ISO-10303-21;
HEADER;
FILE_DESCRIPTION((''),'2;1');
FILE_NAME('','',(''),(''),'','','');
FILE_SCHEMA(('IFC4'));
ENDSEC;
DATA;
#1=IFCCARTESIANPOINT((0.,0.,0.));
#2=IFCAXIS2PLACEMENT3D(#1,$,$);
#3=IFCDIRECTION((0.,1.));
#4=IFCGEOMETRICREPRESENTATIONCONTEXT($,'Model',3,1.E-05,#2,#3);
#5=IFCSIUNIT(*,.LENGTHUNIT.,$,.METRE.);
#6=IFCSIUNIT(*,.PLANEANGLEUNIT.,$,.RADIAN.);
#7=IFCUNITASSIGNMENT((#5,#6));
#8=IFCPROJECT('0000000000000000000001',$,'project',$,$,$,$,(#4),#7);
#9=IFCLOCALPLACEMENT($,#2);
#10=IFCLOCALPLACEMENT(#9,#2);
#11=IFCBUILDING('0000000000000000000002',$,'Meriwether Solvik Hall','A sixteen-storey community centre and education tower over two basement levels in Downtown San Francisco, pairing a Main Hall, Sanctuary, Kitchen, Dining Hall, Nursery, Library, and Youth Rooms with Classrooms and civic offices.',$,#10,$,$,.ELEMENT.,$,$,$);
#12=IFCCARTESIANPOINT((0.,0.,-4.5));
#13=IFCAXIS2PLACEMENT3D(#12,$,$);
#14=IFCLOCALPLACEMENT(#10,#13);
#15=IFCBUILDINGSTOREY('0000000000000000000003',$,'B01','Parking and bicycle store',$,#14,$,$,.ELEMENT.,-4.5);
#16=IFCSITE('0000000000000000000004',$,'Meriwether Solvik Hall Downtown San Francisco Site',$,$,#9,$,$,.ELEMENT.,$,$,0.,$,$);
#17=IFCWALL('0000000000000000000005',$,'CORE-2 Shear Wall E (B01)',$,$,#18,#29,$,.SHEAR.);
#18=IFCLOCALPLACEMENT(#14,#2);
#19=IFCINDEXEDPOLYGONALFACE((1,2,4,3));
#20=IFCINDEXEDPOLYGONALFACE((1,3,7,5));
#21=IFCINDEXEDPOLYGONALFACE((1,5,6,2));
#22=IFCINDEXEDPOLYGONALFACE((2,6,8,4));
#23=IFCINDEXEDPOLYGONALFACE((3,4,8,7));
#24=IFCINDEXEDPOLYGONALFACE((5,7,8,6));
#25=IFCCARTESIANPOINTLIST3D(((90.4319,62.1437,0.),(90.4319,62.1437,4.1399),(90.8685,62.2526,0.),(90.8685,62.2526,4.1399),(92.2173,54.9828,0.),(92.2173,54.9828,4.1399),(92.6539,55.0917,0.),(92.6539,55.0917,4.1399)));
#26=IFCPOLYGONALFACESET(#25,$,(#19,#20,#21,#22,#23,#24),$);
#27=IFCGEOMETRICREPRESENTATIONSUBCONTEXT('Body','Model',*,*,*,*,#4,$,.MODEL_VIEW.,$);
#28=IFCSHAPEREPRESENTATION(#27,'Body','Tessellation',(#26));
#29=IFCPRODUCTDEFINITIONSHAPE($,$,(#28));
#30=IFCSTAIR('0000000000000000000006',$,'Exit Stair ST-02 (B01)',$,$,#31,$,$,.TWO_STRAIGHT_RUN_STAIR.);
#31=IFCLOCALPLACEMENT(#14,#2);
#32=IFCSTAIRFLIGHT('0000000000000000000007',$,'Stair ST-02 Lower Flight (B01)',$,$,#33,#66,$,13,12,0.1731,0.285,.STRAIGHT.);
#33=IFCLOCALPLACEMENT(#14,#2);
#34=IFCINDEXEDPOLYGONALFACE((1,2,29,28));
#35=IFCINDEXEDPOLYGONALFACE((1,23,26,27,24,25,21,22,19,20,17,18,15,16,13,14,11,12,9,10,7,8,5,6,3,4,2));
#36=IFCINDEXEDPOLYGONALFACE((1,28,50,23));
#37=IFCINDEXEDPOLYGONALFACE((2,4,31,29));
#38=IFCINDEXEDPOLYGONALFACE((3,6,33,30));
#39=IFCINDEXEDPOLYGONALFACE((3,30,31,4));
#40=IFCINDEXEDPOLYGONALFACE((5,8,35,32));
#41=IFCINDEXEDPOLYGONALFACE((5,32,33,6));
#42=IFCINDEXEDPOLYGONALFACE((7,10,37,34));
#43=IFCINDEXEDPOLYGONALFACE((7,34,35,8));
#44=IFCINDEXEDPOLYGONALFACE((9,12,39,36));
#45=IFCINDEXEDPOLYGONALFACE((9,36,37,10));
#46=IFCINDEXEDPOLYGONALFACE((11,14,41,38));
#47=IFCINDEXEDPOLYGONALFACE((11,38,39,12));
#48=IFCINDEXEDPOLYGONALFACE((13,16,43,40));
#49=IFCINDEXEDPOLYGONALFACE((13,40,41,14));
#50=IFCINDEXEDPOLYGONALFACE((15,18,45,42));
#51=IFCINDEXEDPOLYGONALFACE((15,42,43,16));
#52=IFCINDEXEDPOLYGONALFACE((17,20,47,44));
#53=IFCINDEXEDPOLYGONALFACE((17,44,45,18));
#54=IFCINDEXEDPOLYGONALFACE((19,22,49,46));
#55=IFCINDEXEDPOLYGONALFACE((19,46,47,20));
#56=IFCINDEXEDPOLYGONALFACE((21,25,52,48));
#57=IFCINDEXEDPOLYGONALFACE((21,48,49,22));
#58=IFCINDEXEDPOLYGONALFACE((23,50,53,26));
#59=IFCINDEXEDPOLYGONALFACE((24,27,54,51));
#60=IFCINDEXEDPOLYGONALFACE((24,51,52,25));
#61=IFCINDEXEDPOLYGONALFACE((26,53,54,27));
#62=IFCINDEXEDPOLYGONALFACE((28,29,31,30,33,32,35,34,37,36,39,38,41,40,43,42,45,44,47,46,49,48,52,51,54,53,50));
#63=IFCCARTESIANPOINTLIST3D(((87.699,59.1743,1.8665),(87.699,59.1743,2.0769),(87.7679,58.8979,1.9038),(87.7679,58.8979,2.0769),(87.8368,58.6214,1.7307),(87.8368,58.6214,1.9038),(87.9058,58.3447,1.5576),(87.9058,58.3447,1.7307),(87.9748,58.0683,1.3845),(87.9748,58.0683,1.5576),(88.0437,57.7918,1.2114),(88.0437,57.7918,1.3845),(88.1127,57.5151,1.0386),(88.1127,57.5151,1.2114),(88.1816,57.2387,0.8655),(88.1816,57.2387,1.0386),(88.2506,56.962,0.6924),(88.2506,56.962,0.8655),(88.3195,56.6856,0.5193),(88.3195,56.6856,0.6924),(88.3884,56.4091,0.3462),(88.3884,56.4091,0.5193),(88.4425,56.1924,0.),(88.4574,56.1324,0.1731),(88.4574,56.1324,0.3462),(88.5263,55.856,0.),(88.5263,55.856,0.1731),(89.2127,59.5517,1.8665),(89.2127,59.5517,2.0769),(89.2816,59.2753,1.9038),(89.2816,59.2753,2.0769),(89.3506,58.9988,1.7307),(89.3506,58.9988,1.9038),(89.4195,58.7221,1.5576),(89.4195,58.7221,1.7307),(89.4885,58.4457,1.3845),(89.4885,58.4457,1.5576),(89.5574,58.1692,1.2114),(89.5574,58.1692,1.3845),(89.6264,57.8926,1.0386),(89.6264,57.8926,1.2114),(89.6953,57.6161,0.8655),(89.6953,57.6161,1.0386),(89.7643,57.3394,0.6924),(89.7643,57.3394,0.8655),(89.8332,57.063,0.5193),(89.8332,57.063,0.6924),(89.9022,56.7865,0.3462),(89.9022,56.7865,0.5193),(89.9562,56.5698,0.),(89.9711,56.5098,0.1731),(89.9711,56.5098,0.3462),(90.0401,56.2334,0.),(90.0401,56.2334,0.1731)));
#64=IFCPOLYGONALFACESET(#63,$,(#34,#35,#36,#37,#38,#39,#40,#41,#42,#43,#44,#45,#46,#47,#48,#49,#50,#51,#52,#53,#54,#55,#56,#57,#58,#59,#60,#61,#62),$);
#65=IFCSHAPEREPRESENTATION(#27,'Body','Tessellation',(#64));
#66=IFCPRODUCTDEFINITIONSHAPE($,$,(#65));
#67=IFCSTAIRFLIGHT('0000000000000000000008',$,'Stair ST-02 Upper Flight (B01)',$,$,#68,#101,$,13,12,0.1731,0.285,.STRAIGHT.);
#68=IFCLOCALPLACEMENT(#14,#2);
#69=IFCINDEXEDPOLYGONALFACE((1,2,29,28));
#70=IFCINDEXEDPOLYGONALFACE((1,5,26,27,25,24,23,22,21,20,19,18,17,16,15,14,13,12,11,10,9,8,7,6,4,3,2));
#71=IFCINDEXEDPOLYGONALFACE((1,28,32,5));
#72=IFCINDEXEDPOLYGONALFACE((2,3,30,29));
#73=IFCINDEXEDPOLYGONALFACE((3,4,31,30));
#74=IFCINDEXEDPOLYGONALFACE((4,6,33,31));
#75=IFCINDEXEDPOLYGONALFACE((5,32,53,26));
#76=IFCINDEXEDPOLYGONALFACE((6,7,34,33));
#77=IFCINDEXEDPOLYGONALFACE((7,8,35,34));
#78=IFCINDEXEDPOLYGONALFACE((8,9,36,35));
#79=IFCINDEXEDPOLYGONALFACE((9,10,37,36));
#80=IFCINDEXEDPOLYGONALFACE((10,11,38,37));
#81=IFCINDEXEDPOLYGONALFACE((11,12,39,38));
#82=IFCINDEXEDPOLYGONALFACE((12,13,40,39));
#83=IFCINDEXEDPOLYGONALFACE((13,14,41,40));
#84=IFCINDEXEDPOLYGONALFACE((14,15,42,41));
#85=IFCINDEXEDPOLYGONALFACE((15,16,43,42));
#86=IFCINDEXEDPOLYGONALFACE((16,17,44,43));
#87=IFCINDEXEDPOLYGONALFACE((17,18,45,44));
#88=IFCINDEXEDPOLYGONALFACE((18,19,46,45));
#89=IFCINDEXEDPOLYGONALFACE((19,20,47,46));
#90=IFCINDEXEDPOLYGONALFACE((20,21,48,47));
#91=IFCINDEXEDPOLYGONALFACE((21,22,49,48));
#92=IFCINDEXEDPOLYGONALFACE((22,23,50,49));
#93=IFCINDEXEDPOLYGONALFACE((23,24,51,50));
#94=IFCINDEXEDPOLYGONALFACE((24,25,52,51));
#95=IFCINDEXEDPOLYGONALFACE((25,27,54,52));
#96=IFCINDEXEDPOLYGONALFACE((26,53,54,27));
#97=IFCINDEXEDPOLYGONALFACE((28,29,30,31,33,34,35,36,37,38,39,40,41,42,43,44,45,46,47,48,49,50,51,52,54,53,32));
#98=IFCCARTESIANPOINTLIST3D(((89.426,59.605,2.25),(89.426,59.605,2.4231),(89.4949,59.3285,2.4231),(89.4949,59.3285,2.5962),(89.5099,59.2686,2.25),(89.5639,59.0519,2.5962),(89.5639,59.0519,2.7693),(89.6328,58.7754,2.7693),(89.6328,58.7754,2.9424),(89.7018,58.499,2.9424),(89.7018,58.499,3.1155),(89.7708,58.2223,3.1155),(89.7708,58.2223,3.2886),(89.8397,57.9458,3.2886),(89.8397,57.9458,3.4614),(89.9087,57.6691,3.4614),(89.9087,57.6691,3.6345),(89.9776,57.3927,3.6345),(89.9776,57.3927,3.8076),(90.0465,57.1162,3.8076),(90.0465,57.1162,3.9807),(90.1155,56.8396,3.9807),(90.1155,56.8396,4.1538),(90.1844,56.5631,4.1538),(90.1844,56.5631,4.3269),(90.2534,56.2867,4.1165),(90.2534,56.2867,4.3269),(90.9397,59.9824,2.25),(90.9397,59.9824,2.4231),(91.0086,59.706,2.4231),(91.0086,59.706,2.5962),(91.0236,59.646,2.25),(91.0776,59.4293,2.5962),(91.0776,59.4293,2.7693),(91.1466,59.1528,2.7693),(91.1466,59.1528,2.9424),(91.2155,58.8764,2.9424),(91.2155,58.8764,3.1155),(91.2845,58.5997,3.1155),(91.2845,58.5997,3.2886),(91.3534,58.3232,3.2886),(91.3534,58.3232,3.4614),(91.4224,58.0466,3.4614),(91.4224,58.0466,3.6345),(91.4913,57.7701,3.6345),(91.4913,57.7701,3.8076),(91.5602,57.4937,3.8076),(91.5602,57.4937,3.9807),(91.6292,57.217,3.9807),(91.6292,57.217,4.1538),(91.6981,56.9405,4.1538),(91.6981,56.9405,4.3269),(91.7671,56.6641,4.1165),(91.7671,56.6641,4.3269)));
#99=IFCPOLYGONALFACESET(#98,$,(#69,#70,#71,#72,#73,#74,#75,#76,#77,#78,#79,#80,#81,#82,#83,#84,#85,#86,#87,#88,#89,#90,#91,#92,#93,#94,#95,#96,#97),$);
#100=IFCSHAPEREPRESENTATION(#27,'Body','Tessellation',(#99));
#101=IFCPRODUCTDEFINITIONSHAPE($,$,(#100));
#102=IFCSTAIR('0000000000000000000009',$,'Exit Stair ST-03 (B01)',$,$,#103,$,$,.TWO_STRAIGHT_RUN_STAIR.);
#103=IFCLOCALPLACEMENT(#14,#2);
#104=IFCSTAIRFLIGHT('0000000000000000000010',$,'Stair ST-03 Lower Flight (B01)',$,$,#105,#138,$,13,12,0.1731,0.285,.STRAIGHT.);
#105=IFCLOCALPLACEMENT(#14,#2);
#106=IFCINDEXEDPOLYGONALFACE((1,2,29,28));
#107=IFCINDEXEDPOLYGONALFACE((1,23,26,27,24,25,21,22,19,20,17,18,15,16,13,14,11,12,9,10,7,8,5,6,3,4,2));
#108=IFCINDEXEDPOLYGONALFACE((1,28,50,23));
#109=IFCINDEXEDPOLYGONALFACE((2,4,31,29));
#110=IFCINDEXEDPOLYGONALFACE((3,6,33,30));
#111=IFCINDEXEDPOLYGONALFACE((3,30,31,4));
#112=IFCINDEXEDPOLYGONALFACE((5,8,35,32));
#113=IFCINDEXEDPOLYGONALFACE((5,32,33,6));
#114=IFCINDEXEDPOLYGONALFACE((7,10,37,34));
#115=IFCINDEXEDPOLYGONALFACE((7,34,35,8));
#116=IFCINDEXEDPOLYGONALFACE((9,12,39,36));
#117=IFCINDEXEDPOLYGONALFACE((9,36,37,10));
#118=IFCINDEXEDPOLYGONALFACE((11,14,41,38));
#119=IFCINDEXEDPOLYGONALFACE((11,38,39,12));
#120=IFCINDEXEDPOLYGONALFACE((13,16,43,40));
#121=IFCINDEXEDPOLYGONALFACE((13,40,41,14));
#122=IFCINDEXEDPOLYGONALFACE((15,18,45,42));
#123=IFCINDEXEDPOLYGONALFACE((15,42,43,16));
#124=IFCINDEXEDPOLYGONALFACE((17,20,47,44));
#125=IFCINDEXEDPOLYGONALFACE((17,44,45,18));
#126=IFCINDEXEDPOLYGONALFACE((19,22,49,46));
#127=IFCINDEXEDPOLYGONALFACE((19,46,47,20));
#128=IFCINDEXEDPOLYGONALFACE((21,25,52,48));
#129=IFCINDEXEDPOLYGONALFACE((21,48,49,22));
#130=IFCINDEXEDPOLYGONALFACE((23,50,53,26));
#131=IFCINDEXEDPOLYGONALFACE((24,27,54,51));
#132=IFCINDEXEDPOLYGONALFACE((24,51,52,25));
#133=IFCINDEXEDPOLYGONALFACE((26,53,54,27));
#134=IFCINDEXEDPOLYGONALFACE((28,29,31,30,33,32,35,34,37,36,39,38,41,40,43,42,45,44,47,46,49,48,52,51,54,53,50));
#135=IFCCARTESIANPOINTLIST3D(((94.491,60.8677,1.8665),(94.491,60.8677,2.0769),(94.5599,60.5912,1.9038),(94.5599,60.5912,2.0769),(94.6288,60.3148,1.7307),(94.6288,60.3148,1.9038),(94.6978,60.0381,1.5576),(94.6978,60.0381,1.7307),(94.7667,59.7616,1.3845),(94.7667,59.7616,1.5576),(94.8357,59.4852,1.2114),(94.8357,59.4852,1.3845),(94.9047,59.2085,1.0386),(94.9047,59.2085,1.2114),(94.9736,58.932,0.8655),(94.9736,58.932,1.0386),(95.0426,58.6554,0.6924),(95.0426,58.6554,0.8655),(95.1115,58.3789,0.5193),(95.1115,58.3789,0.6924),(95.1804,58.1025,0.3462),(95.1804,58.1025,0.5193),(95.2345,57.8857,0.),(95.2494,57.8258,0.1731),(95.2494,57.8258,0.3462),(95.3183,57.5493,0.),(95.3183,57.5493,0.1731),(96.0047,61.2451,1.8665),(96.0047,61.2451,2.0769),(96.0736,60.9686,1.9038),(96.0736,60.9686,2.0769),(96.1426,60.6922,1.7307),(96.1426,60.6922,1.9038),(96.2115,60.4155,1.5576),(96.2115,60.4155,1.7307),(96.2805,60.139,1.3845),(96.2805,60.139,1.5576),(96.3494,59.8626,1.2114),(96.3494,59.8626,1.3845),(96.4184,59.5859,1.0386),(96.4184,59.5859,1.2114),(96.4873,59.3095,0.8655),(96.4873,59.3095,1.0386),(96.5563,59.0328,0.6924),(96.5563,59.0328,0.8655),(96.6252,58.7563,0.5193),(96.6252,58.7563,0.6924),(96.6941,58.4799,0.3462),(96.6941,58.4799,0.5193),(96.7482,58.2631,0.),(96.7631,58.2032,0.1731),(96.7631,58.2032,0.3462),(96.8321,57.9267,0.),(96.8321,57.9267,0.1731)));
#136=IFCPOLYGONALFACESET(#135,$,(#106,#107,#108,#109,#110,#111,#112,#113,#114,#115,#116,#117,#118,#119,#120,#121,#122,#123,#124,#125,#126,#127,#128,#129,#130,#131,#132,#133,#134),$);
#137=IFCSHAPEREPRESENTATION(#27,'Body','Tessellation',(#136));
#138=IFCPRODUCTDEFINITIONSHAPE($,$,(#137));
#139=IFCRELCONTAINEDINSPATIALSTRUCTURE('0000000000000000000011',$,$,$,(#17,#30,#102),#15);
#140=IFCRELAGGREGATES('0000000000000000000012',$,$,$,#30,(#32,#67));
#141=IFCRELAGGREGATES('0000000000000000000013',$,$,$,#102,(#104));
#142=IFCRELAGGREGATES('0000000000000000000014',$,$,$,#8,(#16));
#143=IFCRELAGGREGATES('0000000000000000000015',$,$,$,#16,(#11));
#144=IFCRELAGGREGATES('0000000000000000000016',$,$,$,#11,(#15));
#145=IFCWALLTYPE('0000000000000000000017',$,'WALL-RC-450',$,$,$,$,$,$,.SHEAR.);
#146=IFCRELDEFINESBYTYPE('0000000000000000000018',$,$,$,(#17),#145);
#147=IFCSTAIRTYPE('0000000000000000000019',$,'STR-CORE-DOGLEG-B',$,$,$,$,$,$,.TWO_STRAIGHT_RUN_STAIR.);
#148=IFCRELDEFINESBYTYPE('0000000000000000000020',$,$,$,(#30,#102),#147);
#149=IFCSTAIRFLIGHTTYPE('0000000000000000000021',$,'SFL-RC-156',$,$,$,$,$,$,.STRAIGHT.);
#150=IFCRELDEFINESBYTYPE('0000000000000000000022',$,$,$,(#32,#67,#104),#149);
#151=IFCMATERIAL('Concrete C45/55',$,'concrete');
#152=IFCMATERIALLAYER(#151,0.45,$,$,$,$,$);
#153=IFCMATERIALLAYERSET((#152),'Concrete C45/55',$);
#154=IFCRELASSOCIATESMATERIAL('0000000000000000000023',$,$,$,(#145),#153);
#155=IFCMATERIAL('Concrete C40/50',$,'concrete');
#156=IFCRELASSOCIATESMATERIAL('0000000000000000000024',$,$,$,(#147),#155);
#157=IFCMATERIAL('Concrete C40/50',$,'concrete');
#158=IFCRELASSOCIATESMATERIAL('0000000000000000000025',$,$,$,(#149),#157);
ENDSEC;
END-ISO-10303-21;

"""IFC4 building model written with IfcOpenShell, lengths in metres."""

from ifc_helpers import new_model, si_unit, direction, frame, frame_2d, origin, place, context, subcontext, project, spatial, polyline, rectangle, outline, extrude, material, layer, layer_set, type_object, element, aggregate, save


model = new_model("IFC4")

# Units and contexts
model_context = context("Model", 3, precision=1e-05, world=origin(), true_north=direction((0.0, 1.0)))
body_context = subcontext(model_context, "Body", "Model", "MODEL_VIEW")
ifc_project = project(units=[si_unit("LENGTHUNIT", "METRE"), si_unit("PLANEANGLEUNIT", "RADIAN")], contexts=[model_context])

# Site, building, storey
site_placement = place(None, origin())
site = spatial("IfcSite", under=ifc_project, at=site_placement, Name="Meriwether Solvik Hall Downtown San Francisco Site", CompositionType="ELEMENT", RefElevation=0.0)
building_placement = place(site_placement, origin())
building = spatial("IfcBuilding", under=site, at=building_placement, Name="Meriwether Solvik Hall", Description="A sixteen-storey community centre and education tower over two basement levels in Downtown San Francisco, pairing a Main Hall, Sanctuary, Kitchen, Dining Hall, Nursery, Library, and Youth Rooms with Classrooms and civic offices.", CompositionType="ELEMENT")
storey_placement = place(building_placement, frame((0.0, 0.0, -4.5)))
storey = spatial("IfcBuildingStorey", under=building, at=storey_placement, Name="B01", Description="Parking and bicycle store", CompositionType="ELEMENT", Elevation=-4.5)

# Shared definitions
ifc_material_1 = material(Name="Concrete C45/55", Category="concrete")
ifc_layer_1 = layer(ifc_material_1, 0.45)
ifc_layer_set_1 = layer_set([ifc_layer_1], Name="Concrete C45/55")
wall_type_1 = type_object("IfcWallType", Name="WALL-RC-450", PredefinedType="SHEAR", material=ifc_layer_set_1)

# Wall
wall_1_placement = place(storey_placement, frame((92.4355, 55.0374, 0.0), z_axis=(0.0, 0.0, 1.0), x_axis=(-0.241921, 0.970296, 0.0)))
element("IfcWall", 1, at=wall_1_placement, inside=storey, type_object=wall_type_1, Name="CORE-2 Shear Wall E (B01)", PredefinedType="SHEAR", context=body_context, shape_type="SweptSolid", body=[
    extrude(rectangle(XDim=7.3801, YDim=0.45, at=frame_2d((3.6899, 0.0))), origin(), (0.0, 0.0, 1.0), 4.1399),
])

# Stair, stair flights
ifc_material_2 = material(Name="Concrete C40/50", Category="concrete")
stair_type = type_object("IfcStairType", Name="STR-CORE-DOGLEG-B", PredefinedType="TWO_STRAIGHT_RUN_STAIR", material=ifc_material_2)
stair_1_placement = place(storey_placement, origin())
stair_1 = element("IfcStair", 2, at=stair_1_placement, inside=storey, type_object=stair_type, Name="Exit Stair ST-02 (B01)", PredefinedType="TWO_STRAIGHT_RUN_STAIR")
ifc_material_3 = material(Name="Concrete C40/50", Category="concrete")
stair_flight_type = type_object("IfcStairFlightType", Name="SFL-RC-156", PredefinedType="STRAIGHT", material=ifc_material_3)
stair_flight_1_placement = place(storey_placement, frame((89.2832, 56.0447, 0.0), z_axis=(0.0, 0.0, 1.0), x_axis=(-0.241922, 0.970296, 0.0)))
stair_flight_1 = element("IfcStairFlight", 3, at=stair_flight_1_placement, type_object=stair_flight_type, Name="Stair ST-02 Lower Flight (B01)", NumberOfRisers=13, NumberOfTreads=12, PredefinedType="STRAIGHT", RiserHeight=0.1731, TreadLength=0.285, context=body_context, shape_type="SweptSolid", body=[
    extrude(outline(polyline([(0.0, 0.0), (0.0, 0.1731), (0.2849, 0.1731), (0.2849, 0.3462), (0.5701, 0.3462), (0.5701, 0.5193), (0.855, 0.5193), (0.855, 0.6924), (1.1399, 0.6924), (1.1399, 0.8655), (1.425, 0.8655), (1.425, 1.0386), (1.71, 1.0386), (1.71, 1.2114), (1.9951, 1.2114), (1.9951, 1.3845), (2.28, 1.3845), (2.28, 1.5576), (2.5649, 1.5576), (2.5649, 1.7307), (2.8501, 1.7307), (2.8501, 1.9038), (3.135, 1.9038), (3.135, 2.0769), (3.4199, 2.0769), (3.4199, 2.25), (3.4199, 1.8665), (0.3467, 0.0), (0.0, 0.0)])), frame((0.0, 0.78, 0.0), z_axis=(0.0, -1.0, 0.0), x_axis=(1.0, 0.0, 0.0)), (0.0, 0.0, 1.0), 1.5601),
])
stair_flight_2_placement = place(storey_placement, frame((90.1829, 59.7937, 2.25), z_axis=(0.0, 0.0, 1.0), x_axis=(0.241922, -0.970296, 0.0)))
stair_flight_2 = element("IfcStairFlight", 4, at=stair_flight_2_placement, type_object=stair_flight_type, Name="Stair ST-02 Upper Flight (B01)", NumberOfRisers=13, NumberOfTreads=12, PredefinedType="STRAIGHT", RiserHeight=0.1731, TreadLength=0.285, context=body_context, shape_type="SweptSolid", body=[
    extrude(outline(polyline([(0.0, 0.0), (0.0, 0.1731), (0.2849, 0.1731), (0.2849, 0.3462), (0.5701, 0.3462), (0.5701, 0.5193), (0.855, 0.5193), (0.855, 0.6924), (1.1399, 0.6924), (1.1399, 0.8655), (1.425, 0.8655), (1.425, 1.0386), (1.71, 1.0386), (1.71, 1.2114), (1.9951, 1.2114), (1.9951, 1.3845), (2.28, 1.3845), (2.28, 1.5576), (2.5649, 1.5576), (2.5649, 1.7307), (2.8501, 1.7307), (2.8501, 1.9038), (3.135, 1.9038), (3.135, 2.0769), (3.4199, 2.0769), (3.4199, 2.25), (3.4199, 1.8665), (0.3467, 0.0), (0.0, 0.0)])), frame((0.0, 0.78, 0.0), z_axis=(0.0, -1.0, 0.0), x_axis=(1.0, 0.0, 0.0)), (0.0, 0.0, 1.0), 1.5601),
])
aggregate(stair_1, [stair_flight_1, stair_flight_2])

# Stair, stair flight
stair_2_placement = place(storey_placement, origin())
stair_2 = element("IfcStair", 5, at=stair_2_placement, inside=storey, type_object=stair_type, Name="Exit Stair ST-03 (B01)", PredefinedType="TWO_STRAIGHT_RUN_STAIR")
stair_flight_3_placement = place(storey_placement, frame((96.0752, 57.738, 0.0), z_axis=(0.0, 0.0, 1.0), x_axis=(-0.241922, 0.970296, 0.0)))
stair_flight_3 = element("IfcStairFlight", 6, at=stair_flight_3_placement, type_object=stair_flight_type, Name="Stair ST-03 Lower Flight (B01)", NumberOfRisers=13, NumberOfTreads=12, PredefinedType="STRAIGHT", RiserHeight=0.1731, TreadLength=0.285, context=body_context, shape_type="SweptSolid", body=[
    extrude(outline(polyline([(0.0, 0.0), (0.0, 0.1731), (0.2849, 0.1731), (0.2849, 0.3462), (0.5701, 0.3462), (0.5701, 0.5193), (0.855, 0.5193), (0.855, 0.6924), (1.1399, 0.6924), (1.1399, 0.8655), (1.425, 0.8655), (1.425, 1.0386), (1.71, 1.0386), (1.71, 1.2114), (1.9951, 1.2114), (1.9951, 1.3845), (2.28, 1.3845), (2.28, 1.5576), (2.5649, 1.5576), (2.5649, 1.7307), (2.8501, 1.7307), (2.8501, 1.9038), (3.135, 1.9038), (3.135, 2.0769), (3.4199, 2.0769), (3.4199, 2.25), (3.4199, 1.8665), (0.3467, 0.0), (0.0, 0.0)])), frame((0.0, 0.78, 0.0), z_axis=(0.0, -1.0, 0.0), x_axis=(1.0, 0.0, 0.0)), (0.0, 0.0, 1.0), 1.5601),
])
aggregate(stair_2, [stair_flight_3])

save(model, "model.ifc")
